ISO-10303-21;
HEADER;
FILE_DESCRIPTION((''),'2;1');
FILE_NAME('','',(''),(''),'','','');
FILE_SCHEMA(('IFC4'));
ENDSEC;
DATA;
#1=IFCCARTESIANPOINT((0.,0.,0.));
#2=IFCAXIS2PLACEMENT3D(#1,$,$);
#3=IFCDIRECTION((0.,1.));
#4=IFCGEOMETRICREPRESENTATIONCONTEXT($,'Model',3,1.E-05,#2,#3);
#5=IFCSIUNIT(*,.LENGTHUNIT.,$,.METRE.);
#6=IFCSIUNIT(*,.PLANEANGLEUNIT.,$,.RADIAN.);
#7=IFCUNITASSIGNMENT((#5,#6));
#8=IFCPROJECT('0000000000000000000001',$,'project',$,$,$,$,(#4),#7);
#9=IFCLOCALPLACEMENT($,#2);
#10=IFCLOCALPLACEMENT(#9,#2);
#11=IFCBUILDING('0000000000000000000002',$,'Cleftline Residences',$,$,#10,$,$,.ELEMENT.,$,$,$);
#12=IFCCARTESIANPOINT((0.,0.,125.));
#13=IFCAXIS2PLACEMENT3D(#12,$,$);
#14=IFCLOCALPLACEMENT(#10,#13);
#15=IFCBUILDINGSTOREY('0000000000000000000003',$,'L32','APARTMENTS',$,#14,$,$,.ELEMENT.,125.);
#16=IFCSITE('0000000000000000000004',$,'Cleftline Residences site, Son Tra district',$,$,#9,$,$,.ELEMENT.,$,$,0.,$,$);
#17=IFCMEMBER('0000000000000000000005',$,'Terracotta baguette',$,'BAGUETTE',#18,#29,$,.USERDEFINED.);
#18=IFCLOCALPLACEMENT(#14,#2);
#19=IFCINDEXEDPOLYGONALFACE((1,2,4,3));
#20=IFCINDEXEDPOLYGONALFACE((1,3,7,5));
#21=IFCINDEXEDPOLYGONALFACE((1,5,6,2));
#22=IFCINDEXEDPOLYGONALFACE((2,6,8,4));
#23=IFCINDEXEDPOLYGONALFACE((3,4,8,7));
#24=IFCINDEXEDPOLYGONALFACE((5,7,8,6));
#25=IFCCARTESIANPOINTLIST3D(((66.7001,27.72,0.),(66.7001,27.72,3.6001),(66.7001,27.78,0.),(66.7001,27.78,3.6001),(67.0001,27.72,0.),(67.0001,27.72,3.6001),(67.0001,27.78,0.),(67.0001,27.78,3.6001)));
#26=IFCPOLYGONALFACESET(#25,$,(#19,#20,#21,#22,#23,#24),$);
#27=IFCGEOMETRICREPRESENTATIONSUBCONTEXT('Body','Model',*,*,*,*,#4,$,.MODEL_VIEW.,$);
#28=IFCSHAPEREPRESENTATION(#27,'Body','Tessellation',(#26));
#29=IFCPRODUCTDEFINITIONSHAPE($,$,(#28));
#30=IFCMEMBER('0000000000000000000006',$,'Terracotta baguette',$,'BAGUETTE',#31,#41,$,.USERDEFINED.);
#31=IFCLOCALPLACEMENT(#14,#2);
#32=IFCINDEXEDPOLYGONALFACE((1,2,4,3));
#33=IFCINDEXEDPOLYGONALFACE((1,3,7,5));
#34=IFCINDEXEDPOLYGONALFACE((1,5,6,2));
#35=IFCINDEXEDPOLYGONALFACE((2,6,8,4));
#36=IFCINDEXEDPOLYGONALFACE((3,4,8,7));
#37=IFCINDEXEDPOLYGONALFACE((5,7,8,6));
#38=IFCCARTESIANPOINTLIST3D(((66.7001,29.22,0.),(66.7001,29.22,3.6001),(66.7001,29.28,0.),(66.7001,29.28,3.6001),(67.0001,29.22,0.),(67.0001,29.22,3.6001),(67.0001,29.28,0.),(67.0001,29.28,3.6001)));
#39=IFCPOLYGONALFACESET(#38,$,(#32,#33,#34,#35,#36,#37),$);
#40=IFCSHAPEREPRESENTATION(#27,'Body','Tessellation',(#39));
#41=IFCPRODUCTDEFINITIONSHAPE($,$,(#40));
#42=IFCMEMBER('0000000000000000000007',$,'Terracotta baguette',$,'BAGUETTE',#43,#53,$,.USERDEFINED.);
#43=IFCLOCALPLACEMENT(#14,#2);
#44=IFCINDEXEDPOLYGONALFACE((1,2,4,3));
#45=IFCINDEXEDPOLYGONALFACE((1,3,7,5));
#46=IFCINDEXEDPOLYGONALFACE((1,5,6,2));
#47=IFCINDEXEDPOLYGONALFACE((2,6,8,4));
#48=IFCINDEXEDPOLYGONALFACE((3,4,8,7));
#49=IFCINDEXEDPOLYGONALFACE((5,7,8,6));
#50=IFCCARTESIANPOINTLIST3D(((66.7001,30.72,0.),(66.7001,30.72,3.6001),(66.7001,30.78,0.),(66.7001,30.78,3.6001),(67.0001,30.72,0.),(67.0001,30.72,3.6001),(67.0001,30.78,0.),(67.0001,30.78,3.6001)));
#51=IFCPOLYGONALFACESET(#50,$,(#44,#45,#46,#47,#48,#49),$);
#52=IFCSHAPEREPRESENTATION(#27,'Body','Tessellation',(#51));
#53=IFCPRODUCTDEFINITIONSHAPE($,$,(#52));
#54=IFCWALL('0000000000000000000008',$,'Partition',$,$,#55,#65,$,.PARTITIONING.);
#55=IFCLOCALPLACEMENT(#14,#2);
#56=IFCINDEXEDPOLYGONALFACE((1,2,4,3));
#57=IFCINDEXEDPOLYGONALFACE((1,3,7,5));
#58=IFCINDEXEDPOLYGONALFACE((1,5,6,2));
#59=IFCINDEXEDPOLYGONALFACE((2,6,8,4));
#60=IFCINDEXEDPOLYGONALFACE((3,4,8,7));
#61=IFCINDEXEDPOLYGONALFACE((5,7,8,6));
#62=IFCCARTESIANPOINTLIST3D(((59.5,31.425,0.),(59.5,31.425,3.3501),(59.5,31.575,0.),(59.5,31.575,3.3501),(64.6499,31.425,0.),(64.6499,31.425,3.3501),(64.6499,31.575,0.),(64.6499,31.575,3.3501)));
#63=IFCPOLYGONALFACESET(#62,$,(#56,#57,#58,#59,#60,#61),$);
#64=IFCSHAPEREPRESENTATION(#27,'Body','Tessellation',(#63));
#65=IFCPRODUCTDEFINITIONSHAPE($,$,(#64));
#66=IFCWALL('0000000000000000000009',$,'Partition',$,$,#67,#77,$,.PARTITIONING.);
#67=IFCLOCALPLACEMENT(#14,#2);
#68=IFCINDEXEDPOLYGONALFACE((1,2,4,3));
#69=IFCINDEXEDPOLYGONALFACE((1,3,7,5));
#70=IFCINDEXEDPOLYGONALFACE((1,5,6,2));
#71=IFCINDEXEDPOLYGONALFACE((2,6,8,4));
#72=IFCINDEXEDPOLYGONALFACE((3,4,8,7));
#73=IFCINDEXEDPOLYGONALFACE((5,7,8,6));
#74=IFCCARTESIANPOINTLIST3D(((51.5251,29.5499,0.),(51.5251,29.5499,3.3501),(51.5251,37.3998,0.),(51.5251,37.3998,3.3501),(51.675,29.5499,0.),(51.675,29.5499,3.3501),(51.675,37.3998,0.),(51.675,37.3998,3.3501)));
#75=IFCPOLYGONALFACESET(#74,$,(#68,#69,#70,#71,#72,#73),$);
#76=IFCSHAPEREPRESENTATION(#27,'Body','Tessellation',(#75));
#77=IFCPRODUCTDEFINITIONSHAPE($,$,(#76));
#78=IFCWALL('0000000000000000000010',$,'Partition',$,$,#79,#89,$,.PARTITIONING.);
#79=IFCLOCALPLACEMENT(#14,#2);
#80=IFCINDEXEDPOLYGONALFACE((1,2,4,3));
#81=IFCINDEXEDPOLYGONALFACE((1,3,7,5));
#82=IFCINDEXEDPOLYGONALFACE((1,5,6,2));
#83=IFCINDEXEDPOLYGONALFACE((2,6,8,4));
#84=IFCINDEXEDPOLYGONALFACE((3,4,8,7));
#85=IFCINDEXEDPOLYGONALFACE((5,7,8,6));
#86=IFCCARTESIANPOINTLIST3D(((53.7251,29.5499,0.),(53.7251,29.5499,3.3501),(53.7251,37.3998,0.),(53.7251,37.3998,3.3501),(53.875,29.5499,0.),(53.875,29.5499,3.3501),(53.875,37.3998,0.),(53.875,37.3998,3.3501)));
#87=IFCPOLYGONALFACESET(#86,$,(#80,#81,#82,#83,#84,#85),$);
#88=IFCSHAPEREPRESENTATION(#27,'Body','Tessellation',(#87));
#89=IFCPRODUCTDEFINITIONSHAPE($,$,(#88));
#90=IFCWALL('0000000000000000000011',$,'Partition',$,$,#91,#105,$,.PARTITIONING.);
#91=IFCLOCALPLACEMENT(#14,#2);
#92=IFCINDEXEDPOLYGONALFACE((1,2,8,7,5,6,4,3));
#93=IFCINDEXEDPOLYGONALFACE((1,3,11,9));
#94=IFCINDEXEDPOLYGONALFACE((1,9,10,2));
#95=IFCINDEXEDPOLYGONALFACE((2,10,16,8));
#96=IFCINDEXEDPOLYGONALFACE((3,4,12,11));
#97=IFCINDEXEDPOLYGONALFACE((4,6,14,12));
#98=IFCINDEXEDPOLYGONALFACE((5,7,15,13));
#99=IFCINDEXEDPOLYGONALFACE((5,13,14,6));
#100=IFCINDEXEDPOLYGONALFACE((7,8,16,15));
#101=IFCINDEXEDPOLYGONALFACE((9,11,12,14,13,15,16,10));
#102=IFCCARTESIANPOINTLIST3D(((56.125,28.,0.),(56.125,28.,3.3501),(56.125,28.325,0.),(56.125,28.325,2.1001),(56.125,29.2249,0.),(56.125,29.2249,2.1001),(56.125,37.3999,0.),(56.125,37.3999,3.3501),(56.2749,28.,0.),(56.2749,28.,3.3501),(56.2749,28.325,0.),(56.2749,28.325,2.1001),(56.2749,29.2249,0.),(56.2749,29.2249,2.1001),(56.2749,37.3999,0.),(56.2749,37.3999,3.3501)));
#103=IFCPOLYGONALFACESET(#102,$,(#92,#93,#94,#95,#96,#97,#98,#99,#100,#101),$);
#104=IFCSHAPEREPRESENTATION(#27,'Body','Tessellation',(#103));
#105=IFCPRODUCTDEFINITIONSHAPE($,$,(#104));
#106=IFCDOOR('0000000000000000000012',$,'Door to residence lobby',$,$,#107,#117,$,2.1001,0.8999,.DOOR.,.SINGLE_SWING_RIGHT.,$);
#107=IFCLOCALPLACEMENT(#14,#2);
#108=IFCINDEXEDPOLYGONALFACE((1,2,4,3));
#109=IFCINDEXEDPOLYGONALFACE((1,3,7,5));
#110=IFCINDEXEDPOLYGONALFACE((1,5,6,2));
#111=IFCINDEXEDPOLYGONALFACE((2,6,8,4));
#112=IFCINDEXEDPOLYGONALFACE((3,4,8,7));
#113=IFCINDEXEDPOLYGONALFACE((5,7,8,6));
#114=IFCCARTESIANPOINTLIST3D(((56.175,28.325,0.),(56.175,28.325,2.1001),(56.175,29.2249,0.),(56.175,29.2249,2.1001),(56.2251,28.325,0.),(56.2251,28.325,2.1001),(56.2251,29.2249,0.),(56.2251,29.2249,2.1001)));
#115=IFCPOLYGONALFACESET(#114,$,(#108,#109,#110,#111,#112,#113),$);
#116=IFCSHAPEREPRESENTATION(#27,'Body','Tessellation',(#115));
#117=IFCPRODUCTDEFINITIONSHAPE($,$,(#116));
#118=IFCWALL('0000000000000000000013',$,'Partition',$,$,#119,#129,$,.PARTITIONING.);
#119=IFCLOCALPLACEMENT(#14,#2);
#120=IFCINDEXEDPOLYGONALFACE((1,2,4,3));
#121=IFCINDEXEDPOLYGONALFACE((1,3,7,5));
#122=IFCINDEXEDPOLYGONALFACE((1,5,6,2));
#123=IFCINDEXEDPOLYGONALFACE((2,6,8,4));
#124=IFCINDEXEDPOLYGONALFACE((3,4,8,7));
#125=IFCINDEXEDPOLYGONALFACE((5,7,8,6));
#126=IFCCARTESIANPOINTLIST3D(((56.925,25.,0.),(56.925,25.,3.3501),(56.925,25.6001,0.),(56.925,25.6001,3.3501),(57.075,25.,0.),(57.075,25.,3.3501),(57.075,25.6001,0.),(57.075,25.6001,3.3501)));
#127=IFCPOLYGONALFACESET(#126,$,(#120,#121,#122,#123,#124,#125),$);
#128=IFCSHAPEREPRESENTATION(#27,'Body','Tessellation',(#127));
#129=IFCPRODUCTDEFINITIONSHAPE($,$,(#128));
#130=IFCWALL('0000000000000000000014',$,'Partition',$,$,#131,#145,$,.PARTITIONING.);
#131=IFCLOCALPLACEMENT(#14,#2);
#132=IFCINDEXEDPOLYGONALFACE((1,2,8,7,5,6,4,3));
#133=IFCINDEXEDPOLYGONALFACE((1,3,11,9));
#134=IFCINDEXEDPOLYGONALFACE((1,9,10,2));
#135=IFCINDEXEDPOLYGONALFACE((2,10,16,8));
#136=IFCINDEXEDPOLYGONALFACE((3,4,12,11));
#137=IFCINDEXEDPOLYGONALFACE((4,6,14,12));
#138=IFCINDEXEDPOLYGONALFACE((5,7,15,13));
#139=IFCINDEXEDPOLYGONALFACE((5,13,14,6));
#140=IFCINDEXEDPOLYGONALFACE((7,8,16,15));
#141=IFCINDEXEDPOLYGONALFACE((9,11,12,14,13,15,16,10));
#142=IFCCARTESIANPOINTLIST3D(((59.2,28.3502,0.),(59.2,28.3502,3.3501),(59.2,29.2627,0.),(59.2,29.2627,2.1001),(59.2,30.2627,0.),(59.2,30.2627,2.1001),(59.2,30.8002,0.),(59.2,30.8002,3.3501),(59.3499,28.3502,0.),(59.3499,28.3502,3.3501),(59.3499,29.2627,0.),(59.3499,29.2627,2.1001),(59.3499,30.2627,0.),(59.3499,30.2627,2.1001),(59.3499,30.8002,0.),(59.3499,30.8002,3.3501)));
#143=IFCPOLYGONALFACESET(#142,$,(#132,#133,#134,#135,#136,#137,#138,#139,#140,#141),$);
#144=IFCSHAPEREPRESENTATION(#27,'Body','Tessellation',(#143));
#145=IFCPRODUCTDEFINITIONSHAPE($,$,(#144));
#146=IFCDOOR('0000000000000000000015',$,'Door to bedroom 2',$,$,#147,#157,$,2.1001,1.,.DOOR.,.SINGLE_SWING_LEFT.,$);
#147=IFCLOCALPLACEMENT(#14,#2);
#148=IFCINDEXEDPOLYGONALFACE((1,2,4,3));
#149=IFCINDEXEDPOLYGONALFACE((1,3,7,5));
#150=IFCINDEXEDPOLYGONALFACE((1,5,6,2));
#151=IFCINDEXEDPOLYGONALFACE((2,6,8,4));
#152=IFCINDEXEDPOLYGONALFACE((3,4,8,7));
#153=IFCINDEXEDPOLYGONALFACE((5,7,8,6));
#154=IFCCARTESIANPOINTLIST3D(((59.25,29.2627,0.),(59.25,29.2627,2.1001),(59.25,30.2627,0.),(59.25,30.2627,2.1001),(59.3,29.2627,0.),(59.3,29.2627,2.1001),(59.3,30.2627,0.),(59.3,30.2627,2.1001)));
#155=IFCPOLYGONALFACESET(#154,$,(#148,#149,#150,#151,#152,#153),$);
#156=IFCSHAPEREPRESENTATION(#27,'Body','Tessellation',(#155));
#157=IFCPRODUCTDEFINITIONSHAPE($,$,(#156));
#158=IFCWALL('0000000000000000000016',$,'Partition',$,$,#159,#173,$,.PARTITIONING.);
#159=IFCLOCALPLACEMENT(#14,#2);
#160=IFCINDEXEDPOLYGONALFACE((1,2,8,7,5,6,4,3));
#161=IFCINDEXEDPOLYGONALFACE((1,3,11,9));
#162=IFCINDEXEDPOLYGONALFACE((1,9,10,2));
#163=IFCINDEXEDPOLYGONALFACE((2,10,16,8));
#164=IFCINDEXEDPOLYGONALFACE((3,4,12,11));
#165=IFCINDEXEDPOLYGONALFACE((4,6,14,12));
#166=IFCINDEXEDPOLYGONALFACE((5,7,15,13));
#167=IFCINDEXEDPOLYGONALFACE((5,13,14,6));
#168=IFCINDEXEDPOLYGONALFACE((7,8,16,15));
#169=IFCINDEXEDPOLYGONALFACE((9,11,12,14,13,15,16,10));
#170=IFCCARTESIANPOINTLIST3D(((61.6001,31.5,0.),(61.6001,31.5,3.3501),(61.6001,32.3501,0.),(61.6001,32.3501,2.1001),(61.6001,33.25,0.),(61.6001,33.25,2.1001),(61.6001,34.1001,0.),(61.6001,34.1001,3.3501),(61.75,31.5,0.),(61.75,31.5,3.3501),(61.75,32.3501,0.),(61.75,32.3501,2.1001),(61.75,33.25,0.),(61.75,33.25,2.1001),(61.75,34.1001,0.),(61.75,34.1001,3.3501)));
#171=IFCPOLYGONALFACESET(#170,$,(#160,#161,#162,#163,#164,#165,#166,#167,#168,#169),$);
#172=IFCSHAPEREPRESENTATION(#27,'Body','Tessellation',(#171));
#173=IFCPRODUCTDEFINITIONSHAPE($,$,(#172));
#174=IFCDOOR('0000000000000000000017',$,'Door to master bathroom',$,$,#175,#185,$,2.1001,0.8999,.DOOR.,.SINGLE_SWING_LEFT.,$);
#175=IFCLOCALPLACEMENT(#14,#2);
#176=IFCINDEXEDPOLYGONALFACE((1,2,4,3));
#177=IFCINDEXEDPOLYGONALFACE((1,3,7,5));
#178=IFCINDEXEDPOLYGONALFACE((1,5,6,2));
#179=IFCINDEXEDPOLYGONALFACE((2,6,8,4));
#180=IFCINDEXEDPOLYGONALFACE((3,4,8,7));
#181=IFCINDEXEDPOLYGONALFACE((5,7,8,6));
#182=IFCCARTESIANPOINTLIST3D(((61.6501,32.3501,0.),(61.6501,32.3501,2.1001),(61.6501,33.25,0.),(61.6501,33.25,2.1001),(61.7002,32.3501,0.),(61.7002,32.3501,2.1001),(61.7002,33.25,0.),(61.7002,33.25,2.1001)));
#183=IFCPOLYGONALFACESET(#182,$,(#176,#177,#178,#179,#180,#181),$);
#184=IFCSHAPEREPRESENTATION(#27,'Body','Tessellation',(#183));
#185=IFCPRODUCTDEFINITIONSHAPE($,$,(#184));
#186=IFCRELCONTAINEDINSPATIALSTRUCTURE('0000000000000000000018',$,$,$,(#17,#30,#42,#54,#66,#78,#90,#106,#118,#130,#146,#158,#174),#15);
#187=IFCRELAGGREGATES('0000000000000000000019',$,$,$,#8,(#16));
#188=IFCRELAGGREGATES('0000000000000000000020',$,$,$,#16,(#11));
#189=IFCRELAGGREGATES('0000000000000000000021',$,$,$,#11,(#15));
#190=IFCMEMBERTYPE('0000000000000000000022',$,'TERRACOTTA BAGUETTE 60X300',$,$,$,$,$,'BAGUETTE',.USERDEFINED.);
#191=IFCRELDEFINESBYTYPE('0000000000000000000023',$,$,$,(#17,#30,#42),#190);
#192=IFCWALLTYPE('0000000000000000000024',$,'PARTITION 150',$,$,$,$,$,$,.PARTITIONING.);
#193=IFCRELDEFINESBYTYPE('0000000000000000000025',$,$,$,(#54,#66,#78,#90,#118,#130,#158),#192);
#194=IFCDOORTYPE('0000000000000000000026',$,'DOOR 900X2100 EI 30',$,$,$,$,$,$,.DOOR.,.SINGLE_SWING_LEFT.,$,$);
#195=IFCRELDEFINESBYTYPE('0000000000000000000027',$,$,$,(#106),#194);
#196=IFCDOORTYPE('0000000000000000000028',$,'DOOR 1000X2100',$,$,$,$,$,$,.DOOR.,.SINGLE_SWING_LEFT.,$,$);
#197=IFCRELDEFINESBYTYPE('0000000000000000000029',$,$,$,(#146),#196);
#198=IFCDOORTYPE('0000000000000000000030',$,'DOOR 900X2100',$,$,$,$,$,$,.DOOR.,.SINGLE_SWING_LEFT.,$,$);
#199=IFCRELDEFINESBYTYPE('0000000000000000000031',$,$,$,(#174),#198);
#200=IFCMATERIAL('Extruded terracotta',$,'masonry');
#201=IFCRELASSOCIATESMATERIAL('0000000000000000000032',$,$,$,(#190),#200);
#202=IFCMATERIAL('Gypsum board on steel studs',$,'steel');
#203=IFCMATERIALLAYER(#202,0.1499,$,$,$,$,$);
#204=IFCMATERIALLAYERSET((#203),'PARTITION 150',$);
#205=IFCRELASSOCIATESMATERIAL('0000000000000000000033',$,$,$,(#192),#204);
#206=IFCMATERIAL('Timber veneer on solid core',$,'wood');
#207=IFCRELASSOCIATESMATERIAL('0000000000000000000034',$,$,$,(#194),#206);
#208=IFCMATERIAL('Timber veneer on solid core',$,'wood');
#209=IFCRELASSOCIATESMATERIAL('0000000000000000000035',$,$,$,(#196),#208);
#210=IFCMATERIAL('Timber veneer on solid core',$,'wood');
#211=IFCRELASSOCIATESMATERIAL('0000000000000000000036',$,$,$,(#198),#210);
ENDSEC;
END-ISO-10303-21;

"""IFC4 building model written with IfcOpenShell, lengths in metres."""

from ifc_helpers import new_model, si_unit, direction, frame, frame_2d, origin, origin_2d, place, context, subcontext, project, spatial, rectangle, extrude, material, layer, layer_set, material_profile, profile_set, type_object, element, fill, save


model = new_model("IFC4")

# Units and contexts
model_context = context("Model", 3, precision=1e-05, world=origin(), true_north=direction((0.0, 1.0)))
body_context = subcontext(model_context, "Body", "Model", "MODEL_VIEW")
ifc_project = project(units=[si_unit("LENGTHUNIT", "METRE"), si_unit("PLANEANGLEUNIT", "RADIAN")], contexts=[model_context])

# Site, building, storey
site_placement = place(None, origin())
site = spatial("IfcSite", under=ifc_project, at=site_placement, Name="Cleftline Residences site, Son Tra district", CompositionType="ELEMENT", RefElevation=0.0)
building_placement = place(site_placement, origin())
building = spatial("IfcBuilding", under=site, at=building_placement, Name="Cleftline Residences", CompositionType="ELEMENT")
storey_placement = place(building_placement, frame((0.0, 0.0, 125.0)))
storey = spatial("IfcBuildingStorey", under=building, at=storey_placement, Name="L32", Description="APARTMENTS", CompositionType="ELEMENT", Elevation=125.0)

# Members
ifc_material_1 = material(Name="Extruded terracotta", Category="masonry")
ifc_material_profile_1 = material_profile(ifc_material_1, rectangle(XDim=0.0601, YDim=0.3, at=origin_2d()))
ifc_profile_set_1 = profile_set([ifc_material_profile_1], Name="Extruded terracotta")
member_type_1 = type_object("IfcMemberType", Name="TERRACOTTA BAGUETTE 60X300", ElementType="BAGUETTE", PredefinedType="USERDEFINED", material=ifc_profile_set_1)
for number, where, z_axis, x_axis, name in (
    (1, (66.8501, 27.75, 0.0), (0.0, 0.0, 1.0), (0.0, 1.0, 0.0), "Terracotta baguette"),
    (2, (66.8501, 29.25, 0.0), (0.0, 0.0, 1.0), (0.0, 1.0, 0.0), "Terracotta baguette"),
    (3, (66.8501, 30.75, 0.0), (0.0, 0.0, 1.0), (0.0, 1.0, 0.0), "Terracotta baguette"),
):
    element("IfcMember", number, at=place(storey_placement, frame(where, z_axis=z_axis, x_axis=x_axis)), inside=storey, type_object=member_type_1, Name=name, ObjectType="BAGUETTE", PredefinedType="USERDEFINED", context=body_context, shape_type="SweptSolid", body=[
        extrude(rectangle(XDim=0.0601, YDim=0.3, at=origin_2d()), origin(), (0.0, 0.0, 1.0), 3.6001),
    ])

# Walls
ifc_material_2 = material(Name="Gypsum board on steel studs", Category="steel")
ifc_layer_1 = layer(ifc_material_2, 0.1499)
ifc_layer_set_1 = layer_set([ifc_layer_1], Name="PARTITION 150")
wall_type_1 = type_object("IfcWallType", Name="PARTITION 150", PredefinedType="PARTITIONING", material=ifc_layer_set_1)
wall_1_placement = place(storey_placement, frame((59.5, 31.5, 0.0), z_axis=(0.0, 0.0, 1.0), x_axis=(1.0, 0.0, 0.0)))
element("IfcWall", 4, at=wall_1_placement, inside=storey, type_object=wall_type_1, Name="Partition", PredefinedType="PARTITIONING", context=body_context, shape_type="SweptSolid", body=[
    extrude(rectangle(XDim=5.1499, YDim=0.1499, at=frame_2d((2.575, 0.0))), origin(), (0.0, 0.0, 1.0), 3.3501),
])
for number, where, z_axis, x_axis, name in (
    (5, (51.6001, 29.55, 0.0), (0.0, 0.0, 1.0), (0.0, 1.0, 0.0), "Partition"),
    (6, (53.8, 29.55, 0.0), (0.0, 0.0, 1.0), (0.0, 1.0, 0.0), "Partition"),
):
    element("IfcWall", number, at=place(storey_placement, frame(where, z_axis=z_axis, x_axis=x_axis)), inside=storey, type_object=wall_type_1, Name=name, PredefinedType="PARTITIONING", context=body_context, shape_type="SweptSolid", body=[
        extrude(rectangle(XDim=7.8499, YDim=0.1499, at=frame_2d((3.9248, 0.0))), origin(), (0.0, 0.0, 1.0), 3.3501),
    ])

# Wall, opening, door
wall_2_placement = place(storey_placement, frame((56.2, 28.0, 0.0), z_axis=(0.0, 0.0, 1.0), x_axis=(0.0, 1.0, 0.0)))
wall_2 = element("IfcWall", 7, at=wall_2_placement, inside=storey, type_object=wall_type_1, Name="Partition", PredefinedType="PARTITIONING", context=body_context, shape_type="SweptSolid", body=[
    extrude(rectangle(XDim=9.3999, YDim=0.1499, at=frame_2d((4.7, 0.0))), origin(), (0.0, 0.0, 1.0), 3.3501),
])
opening_1_placement = place(wall_2_placement, frame((0.325, 0.0, 0.0)))
opening_1 = element("IfcOpeningElement", 8, at=opening_1_placement, cuts=wall_2, PredefinedType="OPENING", context=body_context, shape_type="SweptSolid", body=[
    extrude(rectangle(XDim=0.8999, YDim=2.1001, at=frame_2d((0.45, 1.05))), frame((0.0, 0.085, 0.0), z_axis=(0.0, -1.0, 0.0), x_axis=(1.0, 0.0, 0.0)), (0.0, 0.0, 1.0), 0.1699),
])
ifc_material_3 = material(Name="Timber veneer on solid core", Category="wood")
door_type_1 = type_object("IfcDoorType", Name="DOOR 900X2100 EI 30", OperationType="SINGLE_SWING_LEFT", PredefinedType="DOOR", material=ifc_material_3)
door_1_placement = place(opening_1_placement, origin())
door_1 = element("IfcDoor", 9, at=door_1_placement, inside=storey, type_object=door_type_1, Name="Door to residence lobby", OperationType="SINGLE_SWING_RIGHT", OverallHeight=2.1001, OverallWidth=0.8999, PredefinedType="DOOR", context=body_context, shape_type="SweptSolid", body=[
    extrude(rectangle(XDim=0.8999, YDim=2.1001, at=frame_2d((0.45, 1.05))), frame((0.0, 0.0249, 0.0), z_axis=(0.0, -1.0, 0.0), x_axis=(1.0, 0.0, 0.0)), (0.0, 0.0, 1.0), 0.05),
])
fill(opening_1, door_1)

# Wall
wall_3_placement = place(storey_placement, frame((57.0, 25.0, 0.0), z_axis=(0.0, 0.0, 1.0), x_axis=(0.0, 1.0, 0.0)))
element("IfcWall", 10, at=wall_3_placement, inside=storey, type_object=wall_type_1, Name="Partition", PredefinedType="PARTITIONING", context=body_context, shape_type="SweptSolid", body=[
    extrude(rectangle(XDim=0.6001, YDim=0.1499, at=frame_2d((0.3, 0.0))), origin(), (0.0, 0.0, 1.0), 3.3501),
])

# Walls, openings, doors
wall_4_placement = place(storey_placement, frame((59.2749, 28.3501, 0.0), z_axis=(0.0, 0.0, 1.0), x_axis=(0.0, 1.0, 0.0)))
wall_4 = element("IfcWall", 11, at=wall_4_placement, inside=storey, type_object=wall_type_1, Name="Partition", PredefinedType="PARTITIONING", context=body_context, shape_type="SweptSolid", body=[
    extrude(rectangle(XDim=2.45, YDim=0.1499, at=frame_2d((1.2251, 0.0))), origin(), (0.0, 0.0, 1.0), 3.3501),
])
opening_2_placement = place(wall_4_placement, frame((0.9126, 0.0, 0.0)))
opening_2 = element("IfcOpeningElement", 12, at=opening_2_placement, cuts=wall_4, PredefinedType="OPENING", context=body_context, shape_type="SweptSolid", body=[
    extrude(rectangle(XDim=1.0, YDim=2.1001, at=frame_2d((0.5, 1.05))), frame((0.0, 0.085, 0.0), z_axis=(0.0, -1.0, 0.0), x_axis=(1.0, 0.0, 0.0)), (0.0, 0.0, 1.0), 0.1699),
])
ifc_material_4 = material(Name="Timber veneer on solid core", Category="wood")
door_type_2 = type_object("IfcDoorType", Name="DOOR 1000X2100", OperationType="SINGLE_SWING_LEFT", PredefinedType="DOOR", material=ifc_material_4)
door_2_placement = place(opening_2_placement, origin())
door_2 = element("IfcDoor", 13, at=door_2_placement, inside=storey, type_object=door_type_2, Name="Door to bedroom 2", OperationType="SINGLE_SWING_LEFT", OverallHeight=2.1001, OverallWidth=1.0, PredefinedType="DOOR", context=body_context, shape_type="SweptSolid", body=[
    extrude(rectangle(XDim=1.0, YDim=2.1001, at=frame_2d((0.5, 1.05))), frame((0.0, 0.0249, 0.0), z_axis=(0.0, -1.0, 0.0), x_axis=(1.0, 0.0, 0.0)), (0.0, 0.0, 1.0), 0.05),
])
fill(opening_2, door_2)
wall_5_placement = place(storey_placement, frame((61.675, 31.5, 0.0), z_axis=(0.0, 0.0, 1.0), x_axis=(0.0, 1.0, 0.0)))
wall_5 = element("IfcWall", 14, at=wall_5_placement, inside=storey, type_object=wall_type_1, Name="Partition", PredefinedType="PARTITIONING", context=body_context, shape_type="SweptSolid", body=[
    extrude(rectangle(XDim=2.6001, YDim=0.1499, at=frame_2d((1.3, 0.0))), origin(), (0.0, 0.0, 1.0), 3.3501),
])
opening_3_placement = place(wall_5_placement, frame((0.8501, 0.0, 0.0)))
opening_3 = element("IfcOpeningElement", 15, at=opening_3_placement, cuts=wall_5, PredefinedType="OPENING", context=body_context, shape_type="SweptSolid", body=[
    extrude(rectangle(XDim=0.8999, YDim=2.1001, at=frame_2d((0.45, 1.05))), frame((0.0, 0.085, 0.0), z_axis=(0.0, -1.0, 0.0), x_axis=(1.0, 0.0, 0.0)), (0.0, 0.0, 1.0), 0.1699),
])
ifc_material_5 = material(Name="Timber veneer on solid core", Category="wood")
door_type_3 = type_object("IfcDoorType", Name="DOOR 900X2100", OperationType="SINGLE_SWING_LEFT", PredefinedType="DOOR", material=ifc_material_5)
door_3_placement = place(opening_3_placement, origin())
door_3 = element("IfcDoor", 16, at=door_3_placement, inside=storey, type_object=door_type_3, Name="Door to master bathroom", OperationType="SINGLE_SWING_LEFT", OverallHeight=2.1001, OverallWidth=0.8999, PredefinedType="DOOR", context=body_context, shape_type="SweptSolid", body=[
    extrude(rectangle(XDim=0.8999, YDim=2.1001, at=frame_2d((0.45, 1.05))), frame((0.0, 0.0249, 0.0), z_axis=(0.0, -1.0, 0.0), x_axis=(1.0, 0.0, 0.0)), (0.0, 0.0, 1.0), 0.05),
])
fill(opening_3, door_3)

save(model, "model.ifc")
